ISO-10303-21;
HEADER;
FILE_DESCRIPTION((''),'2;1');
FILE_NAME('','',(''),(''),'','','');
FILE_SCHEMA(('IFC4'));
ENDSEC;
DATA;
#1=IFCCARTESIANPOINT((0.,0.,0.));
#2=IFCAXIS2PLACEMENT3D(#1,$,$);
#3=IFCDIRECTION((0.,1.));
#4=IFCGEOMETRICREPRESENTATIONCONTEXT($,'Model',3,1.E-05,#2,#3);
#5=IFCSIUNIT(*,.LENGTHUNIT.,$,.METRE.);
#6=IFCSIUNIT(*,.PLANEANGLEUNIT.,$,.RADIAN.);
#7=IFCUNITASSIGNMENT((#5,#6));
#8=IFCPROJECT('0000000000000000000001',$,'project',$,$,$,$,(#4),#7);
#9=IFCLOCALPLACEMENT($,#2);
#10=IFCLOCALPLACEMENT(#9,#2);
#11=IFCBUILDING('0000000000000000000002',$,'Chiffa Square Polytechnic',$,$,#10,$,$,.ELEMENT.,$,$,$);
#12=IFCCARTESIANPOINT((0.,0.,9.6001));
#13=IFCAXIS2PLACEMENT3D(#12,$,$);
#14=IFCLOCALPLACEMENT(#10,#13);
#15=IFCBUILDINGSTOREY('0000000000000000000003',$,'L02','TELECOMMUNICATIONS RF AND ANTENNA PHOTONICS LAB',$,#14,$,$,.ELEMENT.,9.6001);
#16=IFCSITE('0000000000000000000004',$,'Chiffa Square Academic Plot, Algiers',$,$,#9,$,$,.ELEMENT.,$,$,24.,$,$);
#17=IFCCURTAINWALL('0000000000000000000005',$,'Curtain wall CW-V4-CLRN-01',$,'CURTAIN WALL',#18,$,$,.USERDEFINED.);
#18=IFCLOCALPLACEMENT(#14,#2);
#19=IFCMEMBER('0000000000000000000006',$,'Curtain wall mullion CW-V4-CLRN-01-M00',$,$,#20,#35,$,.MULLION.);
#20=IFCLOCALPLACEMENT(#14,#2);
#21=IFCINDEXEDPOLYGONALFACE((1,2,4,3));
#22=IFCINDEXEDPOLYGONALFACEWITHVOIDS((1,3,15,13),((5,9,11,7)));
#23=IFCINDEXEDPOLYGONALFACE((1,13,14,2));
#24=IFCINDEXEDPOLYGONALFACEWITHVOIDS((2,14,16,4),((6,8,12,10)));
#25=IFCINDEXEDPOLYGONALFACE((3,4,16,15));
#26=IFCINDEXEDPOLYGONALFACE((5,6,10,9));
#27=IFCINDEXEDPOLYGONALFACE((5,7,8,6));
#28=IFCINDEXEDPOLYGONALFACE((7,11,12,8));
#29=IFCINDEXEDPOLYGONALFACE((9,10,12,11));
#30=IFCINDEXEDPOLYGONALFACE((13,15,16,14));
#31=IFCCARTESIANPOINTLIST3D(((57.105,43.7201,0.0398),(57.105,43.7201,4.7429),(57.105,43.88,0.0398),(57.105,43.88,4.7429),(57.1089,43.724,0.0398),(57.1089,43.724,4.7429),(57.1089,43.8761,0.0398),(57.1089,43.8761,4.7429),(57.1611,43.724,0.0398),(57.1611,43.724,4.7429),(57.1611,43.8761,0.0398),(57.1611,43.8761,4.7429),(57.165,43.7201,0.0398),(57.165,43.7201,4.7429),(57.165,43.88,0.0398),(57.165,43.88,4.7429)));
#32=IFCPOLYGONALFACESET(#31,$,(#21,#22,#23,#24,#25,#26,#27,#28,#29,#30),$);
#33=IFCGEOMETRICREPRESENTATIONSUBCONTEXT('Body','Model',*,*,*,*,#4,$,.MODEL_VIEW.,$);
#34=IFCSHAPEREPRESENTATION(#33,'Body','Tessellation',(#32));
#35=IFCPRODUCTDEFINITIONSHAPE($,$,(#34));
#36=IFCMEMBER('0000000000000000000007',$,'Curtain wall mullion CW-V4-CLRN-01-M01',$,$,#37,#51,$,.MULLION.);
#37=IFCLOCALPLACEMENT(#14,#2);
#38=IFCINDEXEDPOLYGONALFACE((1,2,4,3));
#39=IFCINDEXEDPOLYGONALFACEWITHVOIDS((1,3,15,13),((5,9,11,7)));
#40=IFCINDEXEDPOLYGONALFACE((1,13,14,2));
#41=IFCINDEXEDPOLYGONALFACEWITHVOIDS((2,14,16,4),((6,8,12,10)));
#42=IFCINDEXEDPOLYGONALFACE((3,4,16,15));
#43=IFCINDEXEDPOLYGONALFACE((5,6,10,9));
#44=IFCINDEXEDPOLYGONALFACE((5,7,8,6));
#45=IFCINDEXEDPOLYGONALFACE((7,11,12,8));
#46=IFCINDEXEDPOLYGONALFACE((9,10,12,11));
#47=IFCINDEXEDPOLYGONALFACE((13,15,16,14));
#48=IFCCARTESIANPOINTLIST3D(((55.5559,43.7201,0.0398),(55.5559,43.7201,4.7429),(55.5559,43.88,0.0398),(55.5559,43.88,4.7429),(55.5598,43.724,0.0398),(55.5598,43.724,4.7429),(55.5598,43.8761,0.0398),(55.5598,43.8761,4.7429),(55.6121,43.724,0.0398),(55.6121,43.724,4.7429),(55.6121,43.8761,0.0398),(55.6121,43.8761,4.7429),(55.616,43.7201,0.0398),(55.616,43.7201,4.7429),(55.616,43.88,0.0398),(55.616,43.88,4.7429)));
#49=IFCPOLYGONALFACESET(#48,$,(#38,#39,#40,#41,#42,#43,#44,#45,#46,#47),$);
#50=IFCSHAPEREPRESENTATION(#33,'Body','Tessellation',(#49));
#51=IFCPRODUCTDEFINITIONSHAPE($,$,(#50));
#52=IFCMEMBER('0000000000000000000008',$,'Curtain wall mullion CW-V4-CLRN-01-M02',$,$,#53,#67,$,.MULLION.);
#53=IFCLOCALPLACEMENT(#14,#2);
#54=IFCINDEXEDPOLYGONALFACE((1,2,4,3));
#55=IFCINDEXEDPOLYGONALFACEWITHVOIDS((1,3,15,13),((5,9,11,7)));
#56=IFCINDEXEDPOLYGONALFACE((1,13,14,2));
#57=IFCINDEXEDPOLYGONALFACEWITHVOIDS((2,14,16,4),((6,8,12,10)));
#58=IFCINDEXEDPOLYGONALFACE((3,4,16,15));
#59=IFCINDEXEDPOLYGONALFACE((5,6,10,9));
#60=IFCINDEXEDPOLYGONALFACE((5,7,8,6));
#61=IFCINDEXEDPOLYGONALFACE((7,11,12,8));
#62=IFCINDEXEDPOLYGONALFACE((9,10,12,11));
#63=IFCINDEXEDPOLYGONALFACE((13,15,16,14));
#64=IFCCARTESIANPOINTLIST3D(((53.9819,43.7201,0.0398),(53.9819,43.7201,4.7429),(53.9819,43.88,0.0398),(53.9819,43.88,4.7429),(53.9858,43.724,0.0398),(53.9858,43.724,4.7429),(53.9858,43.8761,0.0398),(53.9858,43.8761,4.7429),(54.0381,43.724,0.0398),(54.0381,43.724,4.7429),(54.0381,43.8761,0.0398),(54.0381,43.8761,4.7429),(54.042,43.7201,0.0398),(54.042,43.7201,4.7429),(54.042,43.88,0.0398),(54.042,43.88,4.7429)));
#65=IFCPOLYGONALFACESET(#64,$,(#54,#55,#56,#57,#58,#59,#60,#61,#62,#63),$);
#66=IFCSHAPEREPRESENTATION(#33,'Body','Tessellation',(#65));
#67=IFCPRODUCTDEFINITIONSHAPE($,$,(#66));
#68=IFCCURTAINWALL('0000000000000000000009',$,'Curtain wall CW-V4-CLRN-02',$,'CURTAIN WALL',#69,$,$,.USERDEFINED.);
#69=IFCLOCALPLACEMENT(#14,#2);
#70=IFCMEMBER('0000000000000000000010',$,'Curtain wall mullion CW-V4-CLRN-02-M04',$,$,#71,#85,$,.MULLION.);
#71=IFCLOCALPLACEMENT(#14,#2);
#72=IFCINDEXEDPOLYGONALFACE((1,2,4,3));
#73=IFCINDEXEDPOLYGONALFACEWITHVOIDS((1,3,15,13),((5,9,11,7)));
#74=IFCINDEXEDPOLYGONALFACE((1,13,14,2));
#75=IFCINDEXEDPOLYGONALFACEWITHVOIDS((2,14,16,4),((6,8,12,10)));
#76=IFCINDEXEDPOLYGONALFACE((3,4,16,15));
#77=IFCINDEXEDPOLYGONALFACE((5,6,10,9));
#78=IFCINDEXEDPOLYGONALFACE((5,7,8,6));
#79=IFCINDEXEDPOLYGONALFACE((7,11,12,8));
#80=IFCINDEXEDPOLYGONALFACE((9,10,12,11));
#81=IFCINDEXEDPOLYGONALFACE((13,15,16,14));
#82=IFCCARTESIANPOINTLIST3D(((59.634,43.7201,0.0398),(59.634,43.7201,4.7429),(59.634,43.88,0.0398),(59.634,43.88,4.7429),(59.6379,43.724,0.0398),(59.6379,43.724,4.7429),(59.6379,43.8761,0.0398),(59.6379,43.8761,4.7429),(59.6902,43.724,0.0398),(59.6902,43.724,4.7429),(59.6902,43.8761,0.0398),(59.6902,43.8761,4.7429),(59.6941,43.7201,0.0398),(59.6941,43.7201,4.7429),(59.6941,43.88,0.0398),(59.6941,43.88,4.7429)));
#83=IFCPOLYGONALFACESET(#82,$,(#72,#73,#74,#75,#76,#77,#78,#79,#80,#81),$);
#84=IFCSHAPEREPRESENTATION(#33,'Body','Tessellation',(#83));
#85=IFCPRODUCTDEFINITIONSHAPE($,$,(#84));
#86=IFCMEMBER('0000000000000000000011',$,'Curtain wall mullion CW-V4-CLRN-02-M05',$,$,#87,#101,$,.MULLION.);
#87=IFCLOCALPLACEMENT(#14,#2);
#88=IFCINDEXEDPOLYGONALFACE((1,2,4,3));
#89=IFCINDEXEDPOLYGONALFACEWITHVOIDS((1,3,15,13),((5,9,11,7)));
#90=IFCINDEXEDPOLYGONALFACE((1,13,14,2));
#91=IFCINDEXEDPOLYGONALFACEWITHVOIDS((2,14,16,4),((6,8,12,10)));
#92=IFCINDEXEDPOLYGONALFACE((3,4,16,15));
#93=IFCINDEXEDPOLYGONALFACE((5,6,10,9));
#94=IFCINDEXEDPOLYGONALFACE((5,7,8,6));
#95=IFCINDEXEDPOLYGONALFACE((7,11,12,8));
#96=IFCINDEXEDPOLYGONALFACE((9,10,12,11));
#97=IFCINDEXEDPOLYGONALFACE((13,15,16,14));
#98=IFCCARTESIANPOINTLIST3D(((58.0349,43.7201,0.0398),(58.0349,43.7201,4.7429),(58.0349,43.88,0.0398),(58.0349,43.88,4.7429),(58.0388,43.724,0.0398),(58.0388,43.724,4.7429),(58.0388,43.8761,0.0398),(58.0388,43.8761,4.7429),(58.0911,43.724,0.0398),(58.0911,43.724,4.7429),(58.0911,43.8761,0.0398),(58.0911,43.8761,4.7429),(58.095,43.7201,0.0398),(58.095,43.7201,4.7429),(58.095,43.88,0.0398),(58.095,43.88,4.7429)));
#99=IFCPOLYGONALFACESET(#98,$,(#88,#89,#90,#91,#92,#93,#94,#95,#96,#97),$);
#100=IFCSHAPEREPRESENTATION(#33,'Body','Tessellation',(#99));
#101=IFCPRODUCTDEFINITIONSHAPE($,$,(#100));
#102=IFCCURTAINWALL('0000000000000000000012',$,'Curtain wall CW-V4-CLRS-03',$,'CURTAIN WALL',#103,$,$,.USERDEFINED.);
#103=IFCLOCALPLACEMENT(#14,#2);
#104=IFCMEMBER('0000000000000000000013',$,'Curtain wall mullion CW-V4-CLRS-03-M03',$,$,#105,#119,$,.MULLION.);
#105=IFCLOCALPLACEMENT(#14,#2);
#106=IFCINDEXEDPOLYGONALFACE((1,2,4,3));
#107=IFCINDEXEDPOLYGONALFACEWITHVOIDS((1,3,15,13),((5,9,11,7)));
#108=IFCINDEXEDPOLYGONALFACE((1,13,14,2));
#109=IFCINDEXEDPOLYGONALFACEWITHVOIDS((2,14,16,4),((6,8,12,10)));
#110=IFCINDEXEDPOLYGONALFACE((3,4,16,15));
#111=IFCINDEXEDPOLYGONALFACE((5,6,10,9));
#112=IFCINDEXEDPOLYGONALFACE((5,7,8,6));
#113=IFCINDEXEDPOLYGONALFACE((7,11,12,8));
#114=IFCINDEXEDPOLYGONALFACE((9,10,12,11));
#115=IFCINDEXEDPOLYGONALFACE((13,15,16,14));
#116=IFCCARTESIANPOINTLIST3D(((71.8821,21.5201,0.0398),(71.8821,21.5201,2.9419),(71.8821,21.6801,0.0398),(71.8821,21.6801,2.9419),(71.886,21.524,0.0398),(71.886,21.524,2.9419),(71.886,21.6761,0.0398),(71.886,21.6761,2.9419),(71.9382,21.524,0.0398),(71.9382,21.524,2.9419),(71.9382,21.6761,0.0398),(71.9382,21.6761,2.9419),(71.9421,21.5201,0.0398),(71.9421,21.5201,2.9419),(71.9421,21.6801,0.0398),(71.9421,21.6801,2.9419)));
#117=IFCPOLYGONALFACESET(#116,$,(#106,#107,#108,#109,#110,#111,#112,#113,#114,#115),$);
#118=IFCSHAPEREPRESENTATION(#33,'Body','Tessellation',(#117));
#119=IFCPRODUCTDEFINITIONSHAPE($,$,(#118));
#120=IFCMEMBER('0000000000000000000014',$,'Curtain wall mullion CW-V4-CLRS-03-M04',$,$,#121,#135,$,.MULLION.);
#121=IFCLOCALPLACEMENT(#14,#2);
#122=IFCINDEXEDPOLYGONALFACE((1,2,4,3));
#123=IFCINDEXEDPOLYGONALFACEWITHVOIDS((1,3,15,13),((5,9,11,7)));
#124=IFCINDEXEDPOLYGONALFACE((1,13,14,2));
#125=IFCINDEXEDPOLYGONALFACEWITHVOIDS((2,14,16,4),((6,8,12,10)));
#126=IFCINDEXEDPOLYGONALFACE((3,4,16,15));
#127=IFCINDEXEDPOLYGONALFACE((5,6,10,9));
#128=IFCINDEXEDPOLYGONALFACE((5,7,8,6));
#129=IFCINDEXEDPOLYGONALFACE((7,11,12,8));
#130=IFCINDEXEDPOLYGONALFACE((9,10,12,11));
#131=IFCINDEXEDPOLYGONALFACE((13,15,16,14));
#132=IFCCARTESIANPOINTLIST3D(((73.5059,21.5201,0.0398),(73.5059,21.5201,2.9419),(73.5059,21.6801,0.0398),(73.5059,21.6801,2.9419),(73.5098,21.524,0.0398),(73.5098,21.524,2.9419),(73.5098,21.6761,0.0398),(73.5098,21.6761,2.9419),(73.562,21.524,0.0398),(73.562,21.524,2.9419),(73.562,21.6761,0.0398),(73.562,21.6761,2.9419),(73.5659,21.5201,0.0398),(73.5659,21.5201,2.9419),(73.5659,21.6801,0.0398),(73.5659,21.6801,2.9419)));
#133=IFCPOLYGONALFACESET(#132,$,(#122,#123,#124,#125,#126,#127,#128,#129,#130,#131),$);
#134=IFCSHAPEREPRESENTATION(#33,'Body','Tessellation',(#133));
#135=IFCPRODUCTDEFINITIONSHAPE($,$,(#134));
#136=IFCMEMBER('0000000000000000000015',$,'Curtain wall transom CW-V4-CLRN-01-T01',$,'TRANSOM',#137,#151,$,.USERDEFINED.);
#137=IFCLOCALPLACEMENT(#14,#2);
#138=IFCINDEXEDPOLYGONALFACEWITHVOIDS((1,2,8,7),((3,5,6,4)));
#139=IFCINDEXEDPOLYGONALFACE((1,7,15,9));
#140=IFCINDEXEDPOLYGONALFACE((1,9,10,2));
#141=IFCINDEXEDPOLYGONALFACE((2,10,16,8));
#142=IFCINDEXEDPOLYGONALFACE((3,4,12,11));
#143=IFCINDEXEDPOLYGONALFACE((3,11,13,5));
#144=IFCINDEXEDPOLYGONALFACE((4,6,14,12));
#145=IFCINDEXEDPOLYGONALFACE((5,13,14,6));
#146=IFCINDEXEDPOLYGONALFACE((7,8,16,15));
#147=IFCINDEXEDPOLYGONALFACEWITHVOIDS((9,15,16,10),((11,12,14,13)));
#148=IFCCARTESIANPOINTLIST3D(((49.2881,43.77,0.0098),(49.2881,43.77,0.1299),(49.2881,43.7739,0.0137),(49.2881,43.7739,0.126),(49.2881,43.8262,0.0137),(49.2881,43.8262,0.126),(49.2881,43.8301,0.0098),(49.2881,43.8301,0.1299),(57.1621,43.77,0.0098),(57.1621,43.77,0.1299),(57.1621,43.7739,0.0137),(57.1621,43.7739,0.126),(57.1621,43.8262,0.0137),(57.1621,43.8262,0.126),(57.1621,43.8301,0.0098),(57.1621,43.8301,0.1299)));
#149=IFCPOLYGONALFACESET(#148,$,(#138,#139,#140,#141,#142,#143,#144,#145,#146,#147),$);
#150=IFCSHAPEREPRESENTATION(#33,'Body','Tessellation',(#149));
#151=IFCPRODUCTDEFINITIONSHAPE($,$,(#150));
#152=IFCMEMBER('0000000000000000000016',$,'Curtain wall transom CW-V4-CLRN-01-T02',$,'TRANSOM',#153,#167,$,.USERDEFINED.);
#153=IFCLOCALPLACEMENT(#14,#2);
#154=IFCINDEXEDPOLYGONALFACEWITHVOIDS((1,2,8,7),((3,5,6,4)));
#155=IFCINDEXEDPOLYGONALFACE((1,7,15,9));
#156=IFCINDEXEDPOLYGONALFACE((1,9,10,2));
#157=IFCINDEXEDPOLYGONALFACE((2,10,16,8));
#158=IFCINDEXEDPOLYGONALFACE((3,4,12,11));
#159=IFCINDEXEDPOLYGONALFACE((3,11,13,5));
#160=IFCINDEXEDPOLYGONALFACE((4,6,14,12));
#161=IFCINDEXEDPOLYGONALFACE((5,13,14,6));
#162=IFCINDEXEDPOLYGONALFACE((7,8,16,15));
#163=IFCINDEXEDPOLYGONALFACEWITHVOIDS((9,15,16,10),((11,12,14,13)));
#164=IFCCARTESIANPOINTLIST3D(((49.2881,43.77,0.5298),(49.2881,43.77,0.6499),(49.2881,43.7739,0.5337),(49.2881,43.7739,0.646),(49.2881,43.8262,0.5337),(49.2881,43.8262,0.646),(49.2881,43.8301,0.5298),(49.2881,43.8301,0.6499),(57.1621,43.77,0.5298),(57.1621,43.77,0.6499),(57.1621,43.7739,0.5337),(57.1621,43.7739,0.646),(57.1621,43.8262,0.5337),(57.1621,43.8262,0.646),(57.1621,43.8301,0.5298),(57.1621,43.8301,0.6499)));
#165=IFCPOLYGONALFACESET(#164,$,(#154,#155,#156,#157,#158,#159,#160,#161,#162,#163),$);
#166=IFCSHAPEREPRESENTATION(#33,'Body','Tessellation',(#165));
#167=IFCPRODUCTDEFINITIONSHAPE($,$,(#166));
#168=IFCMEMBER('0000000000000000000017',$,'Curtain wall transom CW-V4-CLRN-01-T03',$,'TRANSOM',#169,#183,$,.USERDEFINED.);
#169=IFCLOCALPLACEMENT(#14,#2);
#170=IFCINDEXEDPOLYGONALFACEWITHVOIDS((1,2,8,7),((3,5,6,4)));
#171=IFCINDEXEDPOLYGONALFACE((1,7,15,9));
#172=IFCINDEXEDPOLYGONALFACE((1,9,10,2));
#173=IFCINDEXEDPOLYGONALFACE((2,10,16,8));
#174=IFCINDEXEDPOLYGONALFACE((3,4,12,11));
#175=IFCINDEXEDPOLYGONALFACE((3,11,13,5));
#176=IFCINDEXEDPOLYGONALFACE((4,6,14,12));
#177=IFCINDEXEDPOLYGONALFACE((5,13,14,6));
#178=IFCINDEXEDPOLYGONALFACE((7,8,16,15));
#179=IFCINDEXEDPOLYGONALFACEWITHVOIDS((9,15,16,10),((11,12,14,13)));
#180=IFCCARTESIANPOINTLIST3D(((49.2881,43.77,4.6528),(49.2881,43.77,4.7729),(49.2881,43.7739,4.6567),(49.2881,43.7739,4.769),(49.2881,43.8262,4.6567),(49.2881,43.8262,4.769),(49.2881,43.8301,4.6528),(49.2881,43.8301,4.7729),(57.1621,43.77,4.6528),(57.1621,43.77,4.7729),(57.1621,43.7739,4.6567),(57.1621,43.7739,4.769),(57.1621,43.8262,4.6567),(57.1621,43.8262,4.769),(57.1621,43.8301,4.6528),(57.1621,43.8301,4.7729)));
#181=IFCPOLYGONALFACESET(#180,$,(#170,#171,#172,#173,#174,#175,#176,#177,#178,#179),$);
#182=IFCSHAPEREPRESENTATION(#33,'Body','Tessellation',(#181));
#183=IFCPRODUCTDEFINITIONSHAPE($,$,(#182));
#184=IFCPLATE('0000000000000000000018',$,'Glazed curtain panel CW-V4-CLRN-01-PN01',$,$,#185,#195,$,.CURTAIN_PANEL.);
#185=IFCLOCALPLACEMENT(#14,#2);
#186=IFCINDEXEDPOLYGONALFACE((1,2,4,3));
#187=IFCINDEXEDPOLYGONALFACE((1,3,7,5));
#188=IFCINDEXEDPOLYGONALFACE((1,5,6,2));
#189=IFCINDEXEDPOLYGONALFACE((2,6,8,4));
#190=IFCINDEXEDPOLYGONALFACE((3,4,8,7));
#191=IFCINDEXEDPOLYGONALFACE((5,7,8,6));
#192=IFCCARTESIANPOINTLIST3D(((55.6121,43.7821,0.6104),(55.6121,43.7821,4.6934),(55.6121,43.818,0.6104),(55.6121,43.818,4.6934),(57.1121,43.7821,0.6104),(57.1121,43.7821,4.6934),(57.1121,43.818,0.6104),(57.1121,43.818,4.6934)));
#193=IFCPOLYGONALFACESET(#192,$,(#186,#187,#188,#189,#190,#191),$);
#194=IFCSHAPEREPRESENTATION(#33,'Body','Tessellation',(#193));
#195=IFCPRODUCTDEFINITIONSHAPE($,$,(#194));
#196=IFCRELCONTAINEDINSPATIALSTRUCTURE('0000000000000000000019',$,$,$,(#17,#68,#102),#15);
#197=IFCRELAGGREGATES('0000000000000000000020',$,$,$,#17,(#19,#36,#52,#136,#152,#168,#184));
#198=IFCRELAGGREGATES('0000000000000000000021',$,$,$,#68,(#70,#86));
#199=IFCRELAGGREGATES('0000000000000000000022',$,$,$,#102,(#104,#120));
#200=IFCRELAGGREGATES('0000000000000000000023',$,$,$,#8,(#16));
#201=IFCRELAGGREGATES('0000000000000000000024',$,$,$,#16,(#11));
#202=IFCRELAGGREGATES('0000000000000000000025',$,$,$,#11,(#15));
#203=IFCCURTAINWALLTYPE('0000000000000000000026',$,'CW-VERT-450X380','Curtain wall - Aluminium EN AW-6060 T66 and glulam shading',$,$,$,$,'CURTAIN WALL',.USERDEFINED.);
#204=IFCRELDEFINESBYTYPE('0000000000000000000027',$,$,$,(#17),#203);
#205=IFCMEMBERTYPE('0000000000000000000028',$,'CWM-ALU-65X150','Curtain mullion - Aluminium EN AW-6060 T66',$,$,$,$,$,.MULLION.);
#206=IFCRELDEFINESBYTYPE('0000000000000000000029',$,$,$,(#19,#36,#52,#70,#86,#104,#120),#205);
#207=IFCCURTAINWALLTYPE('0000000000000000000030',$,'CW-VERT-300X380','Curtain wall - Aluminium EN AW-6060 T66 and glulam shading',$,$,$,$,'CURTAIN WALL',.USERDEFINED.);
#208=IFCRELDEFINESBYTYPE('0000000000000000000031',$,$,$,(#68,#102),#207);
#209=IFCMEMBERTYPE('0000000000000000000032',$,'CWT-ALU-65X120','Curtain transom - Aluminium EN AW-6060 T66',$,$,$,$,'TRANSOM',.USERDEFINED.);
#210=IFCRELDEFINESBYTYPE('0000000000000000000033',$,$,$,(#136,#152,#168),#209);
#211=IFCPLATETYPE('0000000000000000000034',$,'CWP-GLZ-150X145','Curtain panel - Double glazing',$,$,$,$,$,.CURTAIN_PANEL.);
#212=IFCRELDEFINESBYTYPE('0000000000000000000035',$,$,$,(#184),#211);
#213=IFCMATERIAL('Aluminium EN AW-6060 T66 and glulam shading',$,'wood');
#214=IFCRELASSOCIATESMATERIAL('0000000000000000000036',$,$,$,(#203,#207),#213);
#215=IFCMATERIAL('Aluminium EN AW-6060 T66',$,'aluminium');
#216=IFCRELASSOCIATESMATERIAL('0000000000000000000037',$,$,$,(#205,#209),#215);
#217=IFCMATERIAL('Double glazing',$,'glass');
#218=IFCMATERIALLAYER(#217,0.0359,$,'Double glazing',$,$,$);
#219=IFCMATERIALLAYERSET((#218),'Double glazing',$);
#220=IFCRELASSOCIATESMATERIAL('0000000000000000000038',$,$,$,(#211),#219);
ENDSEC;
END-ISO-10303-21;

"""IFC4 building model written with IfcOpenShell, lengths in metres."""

from ifc_helpers import new_model, si_unit, direction, frame, origin, origin_2d, place, context, subcontext, project, spatial, rectangle, hollow_rectangle, extrude, material, layer, layer_set, material_profile, profile_set, type_object, element, aggregate, save


model = new_model("IFC4")

# Units and contexts
model_context = context("Model", 3, precision=1e-05, world=origin(), true_north=direction((0.0, 1.0)))
body_context = subcontext(model_context, "Body", "Model", "MODEL_VIEW")
ifc_project = project(units=[si_unit("LENGTHUNIT", "METRE"), si_unit("PLANEANGLEUNIT", "RADIAN")], contexts=[model_context])

# Site, building, storey
site_placement = place(None, origin())
site = spatial("IfcSite", under=ifc_project, at=site_placement, Name="Chiffa Square Academic Plot, Algiers", CompositionType="ELEMENT", RefElevation=24.0)
building_placement = place(site_placement, origin())
building = spatial("IfcBuilding", under=site, at=building_placement, Name="Chiffa Square Polytechnic", CompositionType="ELEMENT")
storey_placement = place(building_placement, frame((0.0, 0.0, 9.6001)))
storey = spatial("IfcBuildingStorey", under=building, at=storey_placement, Name="L02", Description="TELECOMMUNICATIONS RF AND ANTENNA PHOTONICS LAB", CompositionType="ELEMENT", Elevation=9.6001)

# Curtain walls, members
ifc_material_1 = material(Name="Aluminium EN AW-6060 T66 and glulam shading", Category="wood")
curtain_wall_type_1 = type_object("IfcCurtainWallType", Name="CW-VERT-450X380", Description="Curtain wall - Aluminium EN AW-6060 T66 and glulam shading", ElementType="CURTAIN WALL", PredefinedType="USERDEFINED", material=ifc_material_1)
curtain_wall_1_placement = place(storey_placement, origin())
curtain_wall_1 = element("IfcCurtainWall", 1, at=curtain_wall_1_placement, inside=storey, type_object=curtain_wall_type_1, Name="Curtain wall CW-V4-CLRN-01", ObjectType="CURTAIN WALL", PredefinedType="USERDEFINED")
ifc_material_2 = material(Name="Aluminium EN AW-6060 T66", Category="aluminium")
ifc_material_profile_1 = material_profile(ifc_material_2, hollow_rectangle(XDim=0.0601, YDim=0.1599, WallThickness=0.0039, at=origin_2d()), Name="ALU 60x160x4")
ifc_profile_set_1 = profile_set([ifc_material_profile_1], Name="Aluminium EN AW-6060 T66")
member_type_1 = type_object("IfcMemberType", Name="CWM-ALU-65X150", Description="Curtain mullion - Aluminium EN AW-6060 T66", PredefinedType="MULLION", material=ifc_profile_set_1)
member_1_placement = place(storey_placement, frame((57.135, 43.8, 0.0398), z_axis=(0.0, 0.0, 1.0), x_axis=(1.0, 0.0, 0.0)))
member_1 = element("IfcMember", 2, at=member_1_placement, type_object=member_type_1, Name="Curtain wall mullion CW-V4-CLRN-01-M00", PredefinedType="MULLION", context=body_context, shape_type="SweptSolid", body=[
    extrude(hollow_rectangle(XDim=0.0601, YDim=0.1599, WallThickness=0.0039, at=origin_2d()), origin(), (0.0, 0.0, 1.0), 4.7031),
])
member_2_placement = place(storey_placement, frame((55.5859, 43.8, 0.0398), z_axis=(0.0, 0.0, 1.0), x_axis=(1.0, 0.0, 0.0)))
member_2 = element("IfcMember", 3, at=member_2_placement, type_object=member_type_1, Name="Curtain wall mullion CW-V4-CLRN-01-M01", PredefinedType="MULLION", context=body_context, shape_type="SweptSolid", body=[
    extrude(hollow_rectangle(XDim=0.0601, YDim=0.1599, WallThickness=0.0039, at=origin_2d()), origin(), (0.0, 0.0, 1.0), 4.7031),
])
member_3_placement = place(storey_placement, frame((54.012, 43.8, 0.0398), z_axis=(0.0, 0.0, 1.0), x_axis=(1.0, 0.0, 0.0)))
member_3 = element("IfcMember", 4, at=member_3_placement, type_object=member_type_1, Name="Curtain wall mullion CW-V4-CLRN-01-M02", PredefinedType="MULLION", context=body_context, shape_type="SweptSolid", body=[
    extrude(hollow_rectangle(XDim=0.0601, YDim=0.1599, WallThickness=0.0039, at=origin_2d()), origin(), (0.0, 0.0, 1.0), 4.7031),
])
curtain_wall_type_2 = type_object("IfcCurtainWallType", Name="CW-VERT-300X380", Description="Curtain wall - Aluminium EN AW-6060 T66 and glulam shading", ElementType="CURTAIN WALL", PredefinedType="USERDEFINED", material=ifc_material_1)
curtain_wall_2_placement = place(storey_placement, origin())
curtain_wall_2 = element("IfcCurtainWall", 5, at=curtain_wall_2_placement, inside=storey, type_object=curtain_wall_type_2, Name="Curtain wall CW-V4-CLRN-02", ObjectType="CURTAIN WALL", PredefinedType="USERDEFINED")
member_4_placement = place(storey_placement, frame((59.6641, 43.8, 0.0398), z_axis=(0.0, 0.0, 1.0), x_axis=(1.0, 0.0, 0.0)))
member_4 = element("IfcMember", 6, at=member_4_placement, type_object=member_type_1, Name="Curtain wall mullion CW-V4-CLRN-02-M04", PredefinedType="MULLION", context=body_context, shape_type="SweptSolid", body=[
    extrude(hollow_rectangle(XDim=0.0601, YDim=0.1599, WallThickness=0.0039, at=origin_2d()), origin(), (0.0, 0.0, 1.0), 4.7031),
])
member_5_placement = place(storey_placement, frame((58.0649, 43.8, 0.0398), z_axis=(0.0, 0.0, 1.0), x_axis=(1.0, 0.0, 0.0)))
member_5 = element("IfcMember", 7, at=member_5_placement, type_object=member_type_1, Name="Curtain wall mullion CW-V4-CLRN-02-M05", PredefinedType="MULLION", context=body_context, shape_type="SweptSolid", body=[
    extrude(hollow_rectangle(XDim=0.0601, YDim=0.1599, WallThickness=0.0039, at=origin_2d()), origin(), (0.0, 0.0, 1.0), 4.7031),
])
curtain_wall_3_placement = place(storey_placement, origin())
curtain_wall_3 = element("IfcCurtainWall", 8, at=curtain_wall_3_placement, inside=storey, type_object=curtain_wall_type_2, Name="Curtain wall CW-V4-CLRS-03", ObjectType="CURTAIN WALL", PredefinedType="USERDEFINED")
member_6_placement = place(storey_placement, frame((71.9121, 21.6001, 0.0398), z_axis=(0.0, 0.0, 1.0), x_axis=(1.0, 0.0, 0.0)))
member_6 = element("IfcMember", 9, at=member_6_placement, type_object=member_type_1, Name="Curtain wall mullion CW-V4-CLRS-03-M03", PredefinedType="MULLION", context=body_context, shape_type="SweptSolid", body=[
    extrude(hollow_rectangle(XDim=0.0601, YDim=0.1599, WallThickness=0.0039, at=origin_2d()), origin(), (0.0, 0.0, 1.0), 2.9021),
])
member_7_placement = place(storey_placement, frame((73.5359, 21.6001, 0.0398), z_axis=(0.0, 0.0, 1.0), x_axis=(1.0, 0.0, 0.0)))
member_7 = element("IfcMember", 10, at=member_7_placement, type_object=member_type_1, Name="Curtain wall mullion CW-V4-CLRS-03-M04", PredefinedType="MULLION", context=body_context, shape_type="SweptSolid", body=[
    extrude(hollow_rectangle(XDim=0.0601, YDim=0.1599, WallThickness=0.0039, at=origin_2d()), origin(), (0.0, 0.0, 1.0), 2.9021),
])

# Members
ifc_material_profile_2 = material_profile(ifc_material_2, hollow_rectangle(XDim=0.0601, YDim=0.1201, WallThickness=0.0039, at=origin_2d()), Name="ALU 60x120x4")
ifc_profile_set_2 = profile_set([ifc_material_profile_2], Name="Aluminium EN AW-6060 T66")
member_type_2 = type_object("IfcMemberType", Name="CWT-ALU-65X120", Description="Curtain transom - Aluminium EN AW-6060 T66", ElementType="TRANSOM", PredefinedType="USERDEFINED", material=ifc_profile_set_2)
member_8_placement = place(storey_placement, frame((57.1621, 43.8, 0.0698), z_axis=(-1.0, 0.0, 0.0), x_axis=(0.0, -1.0, 0.0)))
member_8 = element("IfcMember", 11, at=member_8_placement, type_object=member_type_2, Name="Curtain wall transom CW-V4-CLRN-01-T01", ObjectType="TRANSOM", PredefinedType="USERDEFINED", context=body_context, shape_type="SweptSolid", body=[
    extrude(hollow_rectangle(XDim=0.0601, YDim=0.1201, WallThickness=0.0039, at=origin_2d()), origin(), (0.0, 0.0, 1.0), 7.874),
])
member_9_placement = place(storey_placement, frame((57.1621, 43.8, 0.5898), z_axis=(-1.0, 0.0, 0.0), x_axis=(0.0, -1.0, 0.0)))
member_9 = element("IfcMember", 12, at=member_9_placement, type_object=member_type_2, Name="Curtain wall transom CW-V4-CLRN-01-T02", ObjectType="TRANSOM", PredefinedType="USERDEFINED", context=body_context, shape_type="SweptSolid", body=[
    extrude(hollow_rectangle(XDim=0.0601, YDim=0.1201, WallThickness=0.0039, at=origin_2d()), origin(), (0.0, 0.0, 1.0), 7.874),
])
member_10_placement = place(storey_placement, frame((57.1621, 43.8, 4.7129), z_axis=(-1.0, 0.0, 0.0), x_axis=(0.0, -1.0, 0.0)))
member_10 = element("IfcMember", 13, at=member_10_placement, type_object=member_type_2, Name="Curtain wall transom CW-V4-CLRN-01-T03", ObjectType="TRANSOM", PredefinedType="USERDEFINED", context=body_context, shape_type="SweptSolid", body=[
    extrude(hollow_rectangle(XDim=0.0601, YDim=0.1201, WallThickness=0.0039, at=origin_2d()), origin(), (0.0, 0.0, 1.0), 7.874),
])

# Plate
ifc_material_3 = material(Name="Double glazing", Category="glass")
ifc_layer_1 = layer(ifc_material_3, 0.0359, Name="Double glazing")
ifc_layer_set_1 = layer_set([ifc_layer_1], Name="Double glazing")
plate_type_1 = type_object("IfcPlateType", Name="CWP-GLZ-150X145", Description="Curtain panel - Double glazing", PredefinedType="CURTAIN_PANEL", material=ifc_layer_set_1)
plate_1_placement = place(storey_placement, frame((56.3621, 43.8, 0.6104), z_axis=(0.0, 0.0, 1.0), x_axis=(-1.0, 0.0, 0.0)))
plate_1 = element("IfcPlate", 14, at=plate_1_placement, type_object=plate_type_1, Name="Glazed curtain panel CW-V4-CLRN-01-PN01", PredefinedType="CURTAIN_PANEL", context=body_context, shape_type="SweptSolid", body=[
    extrude(rectangle(XDim=1.5, YDim=0.0359, at=origin_2d()), origin(), (0.0, 0.0, 1.0), 4.083),
])
aggregate(curtain_wall_1, [member_1, member_2, member_3, member_8, member_9, member_10, plate_1])
aggregate(curtain_wall_2, [member_4, member_5])
aggregate(curtain_wall_3, [member_6, member_7])

save(model, "model.ifc")
